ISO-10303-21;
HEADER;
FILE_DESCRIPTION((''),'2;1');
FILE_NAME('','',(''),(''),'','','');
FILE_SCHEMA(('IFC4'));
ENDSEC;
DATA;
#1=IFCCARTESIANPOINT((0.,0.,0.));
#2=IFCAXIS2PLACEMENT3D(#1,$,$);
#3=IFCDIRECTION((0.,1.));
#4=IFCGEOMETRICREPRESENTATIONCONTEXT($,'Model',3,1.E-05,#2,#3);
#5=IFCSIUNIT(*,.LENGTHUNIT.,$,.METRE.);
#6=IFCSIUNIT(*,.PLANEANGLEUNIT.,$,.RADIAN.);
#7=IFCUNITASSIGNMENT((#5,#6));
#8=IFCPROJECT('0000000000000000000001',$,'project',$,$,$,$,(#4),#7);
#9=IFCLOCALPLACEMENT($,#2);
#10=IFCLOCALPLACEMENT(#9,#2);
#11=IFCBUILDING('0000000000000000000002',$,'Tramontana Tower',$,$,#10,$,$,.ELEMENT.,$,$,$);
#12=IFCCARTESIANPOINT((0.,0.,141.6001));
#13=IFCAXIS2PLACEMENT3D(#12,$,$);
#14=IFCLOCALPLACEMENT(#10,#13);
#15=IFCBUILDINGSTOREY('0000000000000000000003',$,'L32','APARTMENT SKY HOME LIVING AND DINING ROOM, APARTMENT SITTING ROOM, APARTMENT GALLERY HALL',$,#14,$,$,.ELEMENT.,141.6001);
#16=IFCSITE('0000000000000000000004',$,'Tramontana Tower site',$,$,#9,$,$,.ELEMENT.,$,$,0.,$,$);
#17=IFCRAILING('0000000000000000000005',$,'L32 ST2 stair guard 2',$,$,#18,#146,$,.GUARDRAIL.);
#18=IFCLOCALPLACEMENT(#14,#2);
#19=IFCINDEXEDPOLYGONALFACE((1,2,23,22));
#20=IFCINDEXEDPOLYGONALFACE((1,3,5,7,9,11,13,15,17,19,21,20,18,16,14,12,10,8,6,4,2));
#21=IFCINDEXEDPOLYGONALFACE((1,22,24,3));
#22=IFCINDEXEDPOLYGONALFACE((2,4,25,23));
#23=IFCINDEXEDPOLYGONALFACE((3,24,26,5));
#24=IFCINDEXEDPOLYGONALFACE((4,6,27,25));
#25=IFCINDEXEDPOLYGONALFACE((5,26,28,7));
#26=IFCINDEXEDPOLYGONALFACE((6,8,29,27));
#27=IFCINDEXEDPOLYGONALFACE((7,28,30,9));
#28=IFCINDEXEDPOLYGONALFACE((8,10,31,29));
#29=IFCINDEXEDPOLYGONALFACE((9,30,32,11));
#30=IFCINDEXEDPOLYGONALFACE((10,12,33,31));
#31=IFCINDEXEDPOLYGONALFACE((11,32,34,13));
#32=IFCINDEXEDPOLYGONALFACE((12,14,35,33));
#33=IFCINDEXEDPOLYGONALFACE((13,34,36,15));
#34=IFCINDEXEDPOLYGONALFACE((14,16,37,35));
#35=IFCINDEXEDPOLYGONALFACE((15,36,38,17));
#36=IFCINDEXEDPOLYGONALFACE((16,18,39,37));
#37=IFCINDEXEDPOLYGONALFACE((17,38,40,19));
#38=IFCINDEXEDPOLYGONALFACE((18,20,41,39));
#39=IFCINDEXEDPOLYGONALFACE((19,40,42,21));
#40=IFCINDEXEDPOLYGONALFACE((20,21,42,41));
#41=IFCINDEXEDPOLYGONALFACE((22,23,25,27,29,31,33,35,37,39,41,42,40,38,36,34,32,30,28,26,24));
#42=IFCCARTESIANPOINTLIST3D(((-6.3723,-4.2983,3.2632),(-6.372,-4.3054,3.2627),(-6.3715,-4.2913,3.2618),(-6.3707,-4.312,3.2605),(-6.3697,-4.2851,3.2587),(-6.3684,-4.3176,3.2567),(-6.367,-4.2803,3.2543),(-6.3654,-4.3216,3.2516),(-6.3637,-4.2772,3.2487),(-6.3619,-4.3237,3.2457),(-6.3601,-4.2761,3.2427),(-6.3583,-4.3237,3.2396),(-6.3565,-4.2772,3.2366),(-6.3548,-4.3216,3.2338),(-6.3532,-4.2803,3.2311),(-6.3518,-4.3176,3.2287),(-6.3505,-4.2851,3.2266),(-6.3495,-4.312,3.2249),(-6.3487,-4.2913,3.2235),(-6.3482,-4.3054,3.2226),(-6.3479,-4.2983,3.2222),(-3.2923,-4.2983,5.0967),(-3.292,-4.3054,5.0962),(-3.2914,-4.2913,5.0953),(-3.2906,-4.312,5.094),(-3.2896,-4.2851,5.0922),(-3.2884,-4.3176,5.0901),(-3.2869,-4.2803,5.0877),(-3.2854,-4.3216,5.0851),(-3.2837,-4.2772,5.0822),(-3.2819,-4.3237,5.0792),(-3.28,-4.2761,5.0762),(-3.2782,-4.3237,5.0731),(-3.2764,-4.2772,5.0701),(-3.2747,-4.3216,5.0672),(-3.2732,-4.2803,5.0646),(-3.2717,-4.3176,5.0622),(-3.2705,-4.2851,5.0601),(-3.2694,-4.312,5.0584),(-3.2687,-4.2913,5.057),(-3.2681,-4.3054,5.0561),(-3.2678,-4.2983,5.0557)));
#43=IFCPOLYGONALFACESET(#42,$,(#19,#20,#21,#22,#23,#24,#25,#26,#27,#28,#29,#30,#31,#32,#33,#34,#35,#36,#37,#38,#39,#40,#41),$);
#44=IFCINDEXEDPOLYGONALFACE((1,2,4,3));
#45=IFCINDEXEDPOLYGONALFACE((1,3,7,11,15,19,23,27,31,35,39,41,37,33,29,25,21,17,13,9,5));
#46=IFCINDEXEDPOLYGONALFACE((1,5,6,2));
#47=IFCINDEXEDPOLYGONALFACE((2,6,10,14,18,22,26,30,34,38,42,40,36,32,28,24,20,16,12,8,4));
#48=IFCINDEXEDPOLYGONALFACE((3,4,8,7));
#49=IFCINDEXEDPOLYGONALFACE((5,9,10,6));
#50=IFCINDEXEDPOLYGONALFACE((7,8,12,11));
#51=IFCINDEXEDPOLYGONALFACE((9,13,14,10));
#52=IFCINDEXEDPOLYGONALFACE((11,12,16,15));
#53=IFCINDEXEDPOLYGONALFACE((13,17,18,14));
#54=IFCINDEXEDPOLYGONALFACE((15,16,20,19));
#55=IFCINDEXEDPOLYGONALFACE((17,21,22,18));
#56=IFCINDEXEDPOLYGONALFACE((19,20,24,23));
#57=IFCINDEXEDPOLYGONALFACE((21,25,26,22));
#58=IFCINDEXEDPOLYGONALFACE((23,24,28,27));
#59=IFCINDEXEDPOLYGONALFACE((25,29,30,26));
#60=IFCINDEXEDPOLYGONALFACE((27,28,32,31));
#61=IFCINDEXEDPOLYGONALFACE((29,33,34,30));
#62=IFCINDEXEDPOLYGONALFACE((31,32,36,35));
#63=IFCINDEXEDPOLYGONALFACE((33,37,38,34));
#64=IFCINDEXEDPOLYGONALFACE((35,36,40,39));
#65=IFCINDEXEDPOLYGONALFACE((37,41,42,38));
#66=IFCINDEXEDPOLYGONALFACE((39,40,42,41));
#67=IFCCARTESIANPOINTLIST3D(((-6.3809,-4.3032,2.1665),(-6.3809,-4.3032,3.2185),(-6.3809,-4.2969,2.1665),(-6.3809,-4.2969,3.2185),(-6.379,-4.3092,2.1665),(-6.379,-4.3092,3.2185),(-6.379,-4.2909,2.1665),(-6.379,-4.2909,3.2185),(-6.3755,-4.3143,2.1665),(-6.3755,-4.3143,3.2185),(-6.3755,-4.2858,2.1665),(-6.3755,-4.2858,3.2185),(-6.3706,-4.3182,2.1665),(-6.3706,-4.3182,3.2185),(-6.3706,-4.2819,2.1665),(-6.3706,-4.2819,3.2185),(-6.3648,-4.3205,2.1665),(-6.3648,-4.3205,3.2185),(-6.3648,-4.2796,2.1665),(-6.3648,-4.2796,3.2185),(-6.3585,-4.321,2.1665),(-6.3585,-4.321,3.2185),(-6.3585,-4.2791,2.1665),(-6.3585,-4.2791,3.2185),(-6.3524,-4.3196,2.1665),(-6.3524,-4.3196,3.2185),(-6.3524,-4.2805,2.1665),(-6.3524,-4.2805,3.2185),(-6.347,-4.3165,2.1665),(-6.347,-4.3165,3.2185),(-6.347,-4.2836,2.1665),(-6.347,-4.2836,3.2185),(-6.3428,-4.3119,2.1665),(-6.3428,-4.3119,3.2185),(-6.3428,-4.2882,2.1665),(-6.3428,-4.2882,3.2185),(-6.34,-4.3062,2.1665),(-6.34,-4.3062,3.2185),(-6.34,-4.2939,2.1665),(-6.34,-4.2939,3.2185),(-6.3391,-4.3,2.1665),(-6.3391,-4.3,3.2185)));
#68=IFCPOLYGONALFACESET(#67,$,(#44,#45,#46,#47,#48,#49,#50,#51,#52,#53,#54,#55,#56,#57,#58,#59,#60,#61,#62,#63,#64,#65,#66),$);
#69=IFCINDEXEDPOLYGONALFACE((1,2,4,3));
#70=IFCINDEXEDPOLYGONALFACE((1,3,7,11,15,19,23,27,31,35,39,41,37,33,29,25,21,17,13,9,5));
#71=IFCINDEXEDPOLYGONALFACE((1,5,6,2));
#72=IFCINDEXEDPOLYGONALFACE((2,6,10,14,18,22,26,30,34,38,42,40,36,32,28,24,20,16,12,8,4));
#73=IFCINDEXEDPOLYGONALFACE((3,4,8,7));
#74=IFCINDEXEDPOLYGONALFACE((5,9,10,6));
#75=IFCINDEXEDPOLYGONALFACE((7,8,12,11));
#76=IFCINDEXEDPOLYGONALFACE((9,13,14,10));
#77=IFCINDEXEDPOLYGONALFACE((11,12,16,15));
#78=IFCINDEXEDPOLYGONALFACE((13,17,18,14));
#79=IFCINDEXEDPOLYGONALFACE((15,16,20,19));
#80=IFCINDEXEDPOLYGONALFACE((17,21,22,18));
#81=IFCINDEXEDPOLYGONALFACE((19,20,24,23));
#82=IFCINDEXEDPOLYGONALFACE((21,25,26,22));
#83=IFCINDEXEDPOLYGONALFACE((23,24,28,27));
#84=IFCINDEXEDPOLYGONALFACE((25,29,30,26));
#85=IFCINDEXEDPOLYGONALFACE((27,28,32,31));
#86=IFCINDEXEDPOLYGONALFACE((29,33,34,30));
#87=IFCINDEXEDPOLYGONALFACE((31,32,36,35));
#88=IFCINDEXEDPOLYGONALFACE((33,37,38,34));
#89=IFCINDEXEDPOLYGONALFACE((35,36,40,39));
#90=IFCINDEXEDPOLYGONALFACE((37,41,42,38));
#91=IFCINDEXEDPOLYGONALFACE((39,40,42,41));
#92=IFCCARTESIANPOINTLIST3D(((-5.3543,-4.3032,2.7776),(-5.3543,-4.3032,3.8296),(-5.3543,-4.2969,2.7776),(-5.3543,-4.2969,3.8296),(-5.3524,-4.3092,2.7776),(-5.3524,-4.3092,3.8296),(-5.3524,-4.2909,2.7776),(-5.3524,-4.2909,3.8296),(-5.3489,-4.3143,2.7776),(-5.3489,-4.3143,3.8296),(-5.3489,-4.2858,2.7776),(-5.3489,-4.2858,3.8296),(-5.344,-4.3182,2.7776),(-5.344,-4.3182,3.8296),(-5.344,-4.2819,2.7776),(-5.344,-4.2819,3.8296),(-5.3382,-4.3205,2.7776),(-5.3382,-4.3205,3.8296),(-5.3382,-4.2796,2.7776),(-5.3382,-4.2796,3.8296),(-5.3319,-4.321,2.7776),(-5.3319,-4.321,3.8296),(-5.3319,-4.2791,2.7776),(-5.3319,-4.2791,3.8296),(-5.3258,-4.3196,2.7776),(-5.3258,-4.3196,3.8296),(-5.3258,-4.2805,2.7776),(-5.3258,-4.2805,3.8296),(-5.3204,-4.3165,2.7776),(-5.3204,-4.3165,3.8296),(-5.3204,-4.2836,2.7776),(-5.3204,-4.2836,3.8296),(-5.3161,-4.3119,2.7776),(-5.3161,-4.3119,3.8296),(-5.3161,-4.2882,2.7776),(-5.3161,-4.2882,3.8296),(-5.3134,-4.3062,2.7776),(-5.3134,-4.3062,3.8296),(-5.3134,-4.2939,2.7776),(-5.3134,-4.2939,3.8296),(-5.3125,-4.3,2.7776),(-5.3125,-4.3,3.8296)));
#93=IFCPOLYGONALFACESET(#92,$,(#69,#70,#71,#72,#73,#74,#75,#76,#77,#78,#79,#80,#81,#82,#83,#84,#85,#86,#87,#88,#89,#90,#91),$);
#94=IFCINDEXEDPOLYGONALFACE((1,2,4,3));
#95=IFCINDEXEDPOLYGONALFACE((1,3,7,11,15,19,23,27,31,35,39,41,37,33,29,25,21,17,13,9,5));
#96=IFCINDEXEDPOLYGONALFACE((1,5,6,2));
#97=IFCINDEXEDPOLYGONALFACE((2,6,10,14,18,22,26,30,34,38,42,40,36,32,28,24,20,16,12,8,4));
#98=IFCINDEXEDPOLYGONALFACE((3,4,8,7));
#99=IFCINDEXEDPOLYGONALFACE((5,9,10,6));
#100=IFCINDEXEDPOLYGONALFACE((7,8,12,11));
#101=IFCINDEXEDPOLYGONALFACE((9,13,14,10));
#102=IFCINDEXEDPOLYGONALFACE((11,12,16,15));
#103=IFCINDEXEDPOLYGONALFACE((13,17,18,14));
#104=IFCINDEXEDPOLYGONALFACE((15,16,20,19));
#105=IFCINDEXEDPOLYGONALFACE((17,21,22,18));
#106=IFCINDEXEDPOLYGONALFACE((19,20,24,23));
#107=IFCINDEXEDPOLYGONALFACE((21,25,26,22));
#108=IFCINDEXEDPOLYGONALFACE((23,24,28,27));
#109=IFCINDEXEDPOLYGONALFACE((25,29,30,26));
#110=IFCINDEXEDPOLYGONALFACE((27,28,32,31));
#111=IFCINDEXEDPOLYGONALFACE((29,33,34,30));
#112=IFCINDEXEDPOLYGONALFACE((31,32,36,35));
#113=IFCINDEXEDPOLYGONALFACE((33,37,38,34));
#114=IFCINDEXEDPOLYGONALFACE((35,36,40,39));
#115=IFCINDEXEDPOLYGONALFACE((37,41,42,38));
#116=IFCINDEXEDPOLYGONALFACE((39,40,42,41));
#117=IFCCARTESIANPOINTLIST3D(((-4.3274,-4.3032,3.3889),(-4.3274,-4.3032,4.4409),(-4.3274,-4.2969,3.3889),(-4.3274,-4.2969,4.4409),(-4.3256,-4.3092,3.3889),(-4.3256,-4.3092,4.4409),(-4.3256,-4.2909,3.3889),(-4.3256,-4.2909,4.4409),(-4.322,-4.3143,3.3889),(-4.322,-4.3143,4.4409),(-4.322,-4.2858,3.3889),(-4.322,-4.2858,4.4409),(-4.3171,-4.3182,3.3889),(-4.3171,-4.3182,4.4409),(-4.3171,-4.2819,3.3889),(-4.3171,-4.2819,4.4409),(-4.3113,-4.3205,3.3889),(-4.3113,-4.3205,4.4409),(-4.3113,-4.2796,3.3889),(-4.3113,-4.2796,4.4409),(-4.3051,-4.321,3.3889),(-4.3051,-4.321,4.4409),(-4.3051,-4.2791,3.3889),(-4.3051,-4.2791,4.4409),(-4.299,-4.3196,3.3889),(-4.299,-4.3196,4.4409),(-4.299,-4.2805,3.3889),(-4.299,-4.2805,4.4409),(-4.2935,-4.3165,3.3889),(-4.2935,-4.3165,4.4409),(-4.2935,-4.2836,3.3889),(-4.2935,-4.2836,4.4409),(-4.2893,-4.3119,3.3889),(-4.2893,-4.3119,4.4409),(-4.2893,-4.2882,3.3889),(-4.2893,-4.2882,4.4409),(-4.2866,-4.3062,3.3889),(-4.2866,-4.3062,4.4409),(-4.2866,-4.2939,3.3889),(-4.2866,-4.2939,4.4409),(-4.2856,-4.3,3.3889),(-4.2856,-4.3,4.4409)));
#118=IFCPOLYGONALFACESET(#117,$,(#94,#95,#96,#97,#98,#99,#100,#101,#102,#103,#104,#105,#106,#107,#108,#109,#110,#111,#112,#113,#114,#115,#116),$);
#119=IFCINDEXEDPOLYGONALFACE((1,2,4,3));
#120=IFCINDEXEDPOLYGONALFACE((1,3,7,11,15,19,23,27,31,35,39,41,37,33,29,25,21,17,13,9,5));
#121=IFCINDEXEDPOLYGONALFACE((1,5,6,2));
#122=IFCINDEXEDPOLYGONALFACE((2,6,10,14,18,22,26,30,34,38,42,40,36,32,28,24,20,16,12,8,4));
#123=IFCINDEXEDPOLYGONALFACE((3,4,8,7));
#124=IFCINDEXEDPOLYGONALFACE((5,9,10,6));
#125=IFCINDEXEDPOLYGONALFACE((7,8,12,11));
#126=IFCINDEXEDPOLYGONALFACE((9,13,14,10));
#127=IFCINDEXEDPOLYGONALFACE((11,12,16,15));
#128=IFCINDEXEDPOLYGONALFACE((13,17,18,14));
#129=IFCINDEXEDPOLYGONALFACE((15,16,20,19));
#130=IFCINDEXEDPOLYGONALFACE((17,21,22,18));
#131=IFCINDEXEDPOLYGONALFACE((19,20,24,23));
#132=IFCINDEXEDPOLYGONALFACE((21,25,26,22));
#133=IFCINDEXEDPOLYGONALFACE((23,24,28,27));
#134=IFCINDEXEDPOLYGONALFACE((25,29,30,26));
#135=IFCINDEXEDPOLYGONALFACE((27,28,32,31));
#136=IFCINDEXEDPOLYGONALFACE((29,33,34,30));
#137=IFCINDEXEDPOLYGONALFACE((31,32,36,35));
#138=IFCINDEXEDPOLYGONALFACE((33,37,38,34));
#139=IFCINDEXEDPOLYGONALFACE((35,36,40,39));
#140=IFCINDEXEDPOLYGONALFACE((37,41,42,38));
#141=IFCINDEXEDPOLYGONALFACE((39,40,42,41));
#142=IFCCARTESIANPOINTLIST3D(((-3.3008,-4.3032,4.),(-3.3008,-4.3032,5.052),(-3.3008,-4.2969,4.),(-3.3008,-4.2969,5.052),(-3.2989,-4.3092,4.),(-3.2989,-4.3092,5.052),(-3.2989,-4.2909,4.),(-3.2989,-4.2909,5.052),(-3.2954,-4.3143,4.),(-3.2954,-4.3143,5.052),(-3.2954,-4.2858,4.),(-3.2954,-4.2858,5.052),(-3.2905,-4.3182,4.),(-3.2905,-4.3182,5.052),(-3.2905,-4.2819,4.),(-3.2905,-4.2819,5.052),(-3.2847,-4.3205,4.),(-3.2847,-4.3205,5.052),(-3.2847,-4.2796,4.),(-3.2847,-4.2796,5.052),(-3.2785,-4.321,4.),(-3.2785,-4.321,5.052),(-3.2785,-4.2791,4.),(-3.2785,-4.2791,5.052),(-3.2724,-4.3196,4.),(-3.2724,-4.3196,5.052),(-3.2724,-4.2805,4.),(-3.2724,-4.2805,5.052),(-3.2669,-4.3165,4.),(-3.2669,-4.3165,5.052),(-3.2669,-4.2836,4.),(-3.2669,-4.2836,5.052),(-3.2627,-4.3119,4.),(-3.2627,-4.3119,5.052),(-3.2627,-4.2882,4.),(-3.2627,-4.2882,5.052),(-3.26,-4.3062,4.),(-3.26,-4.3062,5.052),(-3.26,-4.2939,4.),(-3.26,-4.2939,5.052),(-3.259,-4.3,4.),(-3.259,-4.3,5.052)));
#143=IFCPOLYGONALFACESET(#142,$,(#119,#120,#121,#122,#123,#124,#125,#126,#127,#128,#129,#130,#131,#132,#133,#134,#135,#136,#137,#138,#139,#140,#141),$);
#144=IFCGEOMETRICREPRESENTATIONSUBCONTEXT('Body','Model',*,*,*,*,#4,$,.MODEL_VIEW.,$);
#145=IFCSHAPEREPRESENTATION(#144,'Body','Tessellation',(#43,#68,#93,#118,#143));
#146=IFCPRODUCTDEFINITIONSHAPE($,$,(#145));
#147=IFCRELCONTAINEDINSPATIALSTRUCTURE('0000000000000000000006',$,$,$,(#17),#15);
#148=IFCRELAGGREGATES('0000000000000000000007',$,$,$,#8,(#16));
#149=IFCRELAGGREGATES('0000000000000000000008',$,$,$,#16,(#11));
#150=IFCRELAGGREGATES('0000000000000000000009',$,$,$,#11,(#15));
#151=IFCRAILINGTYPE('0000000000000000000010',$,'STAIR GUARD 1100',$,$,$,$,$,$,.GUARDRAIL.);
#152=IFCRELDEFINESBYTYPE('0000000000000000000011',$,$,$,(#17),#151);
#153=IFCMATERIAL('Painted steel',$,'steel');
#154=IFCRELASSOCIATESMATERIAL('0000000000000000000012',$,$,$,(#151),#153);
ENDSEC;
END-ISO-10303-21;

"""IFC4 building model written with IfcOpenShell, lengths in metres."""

from ifc_helpers import new_model, si_unit, direction, frame, origin, origin_2d, place, context, subcontext, project, spatial, circle, extrude, material, type_object, element, save


model = new_model("IFC4")

# Units and contexts
model_context = context("Model", 3, precision=1e-05, world=origin(), true_north=direction((0.0, 1.0)))
body_context = subcontext(model_context, "Body", "Model", "MODEL_VIEW")
ifc_project = project(units=[si_unit("LENGTHUNIT", "METRE"), si_unit("PLANEANGLEUNIT", "RADIAN")], contexts=[model_context])

# Site, building, storey
site_placement = place(None, origin())
site = spatial("IfcSite", under=ifc_project, at=site_placement, Name="Tramontana Tower site", CompositionType="ELEMENT", RefElevation=0.0)
building_placement = place(site_placement, origin())
building = spatial("IfcBuilding", under=site, at=building_placement, Name="Tramontana Tower", CompositionType="ELEMENT")
storey_placement = place(building_placement, frame((0.0, 0.0, 141.6001)))
storey = spatial("IfcBuildingStorey", under=building, at=storey_placement, Name="L32", Description="APARTMENT SKY HOME LIVING AND DINING ROOM, APARTMENT SITTING ROOM, APARTMENT GALLERY HALL", CompositionType="ELEMENT", Elevation=141.6001)

# Railing
ifc_material_1 = material(Name="Painted steel", Category="steel")
railing_type_1 = type_object("IfcRailingType", Name="STAIR GUARD 1100", PredefinedType="GUARDRAIL", material=ifc_material_1)
railing_1_placement = place(storey_placement, frame((-6.3601, -4.3, 2.1665)))
element("IfcRailing", 1, at=railing_1_placement, inside=storey, type_object=railing_type_1, Name="L32 ST2 stair guard 2", PredefinedType="GUARDRAIL", context=body_context, shape_type="SweptSolid", body=[
    extrude(circle(Radius=0.0239, at=origin_2d()), frame((0.0, 0.0, 1.0762), z_axis=(0.859279, 0.0, 0.511508), x_axis=(0.0, 1.0, 0.0)), (0.0, 0.0, 1.0), 3.5845),
    extrude(circle(Radius=0.021, at=origin_2d()), origin(), (0.0, 0.0, 1.0), 1.052),
    extrude(circle(Radius=0.021, at=origin_2d()), frame((1.0266, 0.0, 0.6111)), (0.0, 0.0, 1.0), 1.052),
    extrude(circle(Radius=0.021, at=origin_2d()), frame((2.0535, 0.0, 1.2224)), (0.0, 0.0, 1.0), 1.052),
    extrude(circle(Radius=0.021, at=origin_2d()), frame((3.0801, 0.0, 1.8335)), (0.0, 0.0, 1.0), 1.052),
])

save(model, "model.ifc")
